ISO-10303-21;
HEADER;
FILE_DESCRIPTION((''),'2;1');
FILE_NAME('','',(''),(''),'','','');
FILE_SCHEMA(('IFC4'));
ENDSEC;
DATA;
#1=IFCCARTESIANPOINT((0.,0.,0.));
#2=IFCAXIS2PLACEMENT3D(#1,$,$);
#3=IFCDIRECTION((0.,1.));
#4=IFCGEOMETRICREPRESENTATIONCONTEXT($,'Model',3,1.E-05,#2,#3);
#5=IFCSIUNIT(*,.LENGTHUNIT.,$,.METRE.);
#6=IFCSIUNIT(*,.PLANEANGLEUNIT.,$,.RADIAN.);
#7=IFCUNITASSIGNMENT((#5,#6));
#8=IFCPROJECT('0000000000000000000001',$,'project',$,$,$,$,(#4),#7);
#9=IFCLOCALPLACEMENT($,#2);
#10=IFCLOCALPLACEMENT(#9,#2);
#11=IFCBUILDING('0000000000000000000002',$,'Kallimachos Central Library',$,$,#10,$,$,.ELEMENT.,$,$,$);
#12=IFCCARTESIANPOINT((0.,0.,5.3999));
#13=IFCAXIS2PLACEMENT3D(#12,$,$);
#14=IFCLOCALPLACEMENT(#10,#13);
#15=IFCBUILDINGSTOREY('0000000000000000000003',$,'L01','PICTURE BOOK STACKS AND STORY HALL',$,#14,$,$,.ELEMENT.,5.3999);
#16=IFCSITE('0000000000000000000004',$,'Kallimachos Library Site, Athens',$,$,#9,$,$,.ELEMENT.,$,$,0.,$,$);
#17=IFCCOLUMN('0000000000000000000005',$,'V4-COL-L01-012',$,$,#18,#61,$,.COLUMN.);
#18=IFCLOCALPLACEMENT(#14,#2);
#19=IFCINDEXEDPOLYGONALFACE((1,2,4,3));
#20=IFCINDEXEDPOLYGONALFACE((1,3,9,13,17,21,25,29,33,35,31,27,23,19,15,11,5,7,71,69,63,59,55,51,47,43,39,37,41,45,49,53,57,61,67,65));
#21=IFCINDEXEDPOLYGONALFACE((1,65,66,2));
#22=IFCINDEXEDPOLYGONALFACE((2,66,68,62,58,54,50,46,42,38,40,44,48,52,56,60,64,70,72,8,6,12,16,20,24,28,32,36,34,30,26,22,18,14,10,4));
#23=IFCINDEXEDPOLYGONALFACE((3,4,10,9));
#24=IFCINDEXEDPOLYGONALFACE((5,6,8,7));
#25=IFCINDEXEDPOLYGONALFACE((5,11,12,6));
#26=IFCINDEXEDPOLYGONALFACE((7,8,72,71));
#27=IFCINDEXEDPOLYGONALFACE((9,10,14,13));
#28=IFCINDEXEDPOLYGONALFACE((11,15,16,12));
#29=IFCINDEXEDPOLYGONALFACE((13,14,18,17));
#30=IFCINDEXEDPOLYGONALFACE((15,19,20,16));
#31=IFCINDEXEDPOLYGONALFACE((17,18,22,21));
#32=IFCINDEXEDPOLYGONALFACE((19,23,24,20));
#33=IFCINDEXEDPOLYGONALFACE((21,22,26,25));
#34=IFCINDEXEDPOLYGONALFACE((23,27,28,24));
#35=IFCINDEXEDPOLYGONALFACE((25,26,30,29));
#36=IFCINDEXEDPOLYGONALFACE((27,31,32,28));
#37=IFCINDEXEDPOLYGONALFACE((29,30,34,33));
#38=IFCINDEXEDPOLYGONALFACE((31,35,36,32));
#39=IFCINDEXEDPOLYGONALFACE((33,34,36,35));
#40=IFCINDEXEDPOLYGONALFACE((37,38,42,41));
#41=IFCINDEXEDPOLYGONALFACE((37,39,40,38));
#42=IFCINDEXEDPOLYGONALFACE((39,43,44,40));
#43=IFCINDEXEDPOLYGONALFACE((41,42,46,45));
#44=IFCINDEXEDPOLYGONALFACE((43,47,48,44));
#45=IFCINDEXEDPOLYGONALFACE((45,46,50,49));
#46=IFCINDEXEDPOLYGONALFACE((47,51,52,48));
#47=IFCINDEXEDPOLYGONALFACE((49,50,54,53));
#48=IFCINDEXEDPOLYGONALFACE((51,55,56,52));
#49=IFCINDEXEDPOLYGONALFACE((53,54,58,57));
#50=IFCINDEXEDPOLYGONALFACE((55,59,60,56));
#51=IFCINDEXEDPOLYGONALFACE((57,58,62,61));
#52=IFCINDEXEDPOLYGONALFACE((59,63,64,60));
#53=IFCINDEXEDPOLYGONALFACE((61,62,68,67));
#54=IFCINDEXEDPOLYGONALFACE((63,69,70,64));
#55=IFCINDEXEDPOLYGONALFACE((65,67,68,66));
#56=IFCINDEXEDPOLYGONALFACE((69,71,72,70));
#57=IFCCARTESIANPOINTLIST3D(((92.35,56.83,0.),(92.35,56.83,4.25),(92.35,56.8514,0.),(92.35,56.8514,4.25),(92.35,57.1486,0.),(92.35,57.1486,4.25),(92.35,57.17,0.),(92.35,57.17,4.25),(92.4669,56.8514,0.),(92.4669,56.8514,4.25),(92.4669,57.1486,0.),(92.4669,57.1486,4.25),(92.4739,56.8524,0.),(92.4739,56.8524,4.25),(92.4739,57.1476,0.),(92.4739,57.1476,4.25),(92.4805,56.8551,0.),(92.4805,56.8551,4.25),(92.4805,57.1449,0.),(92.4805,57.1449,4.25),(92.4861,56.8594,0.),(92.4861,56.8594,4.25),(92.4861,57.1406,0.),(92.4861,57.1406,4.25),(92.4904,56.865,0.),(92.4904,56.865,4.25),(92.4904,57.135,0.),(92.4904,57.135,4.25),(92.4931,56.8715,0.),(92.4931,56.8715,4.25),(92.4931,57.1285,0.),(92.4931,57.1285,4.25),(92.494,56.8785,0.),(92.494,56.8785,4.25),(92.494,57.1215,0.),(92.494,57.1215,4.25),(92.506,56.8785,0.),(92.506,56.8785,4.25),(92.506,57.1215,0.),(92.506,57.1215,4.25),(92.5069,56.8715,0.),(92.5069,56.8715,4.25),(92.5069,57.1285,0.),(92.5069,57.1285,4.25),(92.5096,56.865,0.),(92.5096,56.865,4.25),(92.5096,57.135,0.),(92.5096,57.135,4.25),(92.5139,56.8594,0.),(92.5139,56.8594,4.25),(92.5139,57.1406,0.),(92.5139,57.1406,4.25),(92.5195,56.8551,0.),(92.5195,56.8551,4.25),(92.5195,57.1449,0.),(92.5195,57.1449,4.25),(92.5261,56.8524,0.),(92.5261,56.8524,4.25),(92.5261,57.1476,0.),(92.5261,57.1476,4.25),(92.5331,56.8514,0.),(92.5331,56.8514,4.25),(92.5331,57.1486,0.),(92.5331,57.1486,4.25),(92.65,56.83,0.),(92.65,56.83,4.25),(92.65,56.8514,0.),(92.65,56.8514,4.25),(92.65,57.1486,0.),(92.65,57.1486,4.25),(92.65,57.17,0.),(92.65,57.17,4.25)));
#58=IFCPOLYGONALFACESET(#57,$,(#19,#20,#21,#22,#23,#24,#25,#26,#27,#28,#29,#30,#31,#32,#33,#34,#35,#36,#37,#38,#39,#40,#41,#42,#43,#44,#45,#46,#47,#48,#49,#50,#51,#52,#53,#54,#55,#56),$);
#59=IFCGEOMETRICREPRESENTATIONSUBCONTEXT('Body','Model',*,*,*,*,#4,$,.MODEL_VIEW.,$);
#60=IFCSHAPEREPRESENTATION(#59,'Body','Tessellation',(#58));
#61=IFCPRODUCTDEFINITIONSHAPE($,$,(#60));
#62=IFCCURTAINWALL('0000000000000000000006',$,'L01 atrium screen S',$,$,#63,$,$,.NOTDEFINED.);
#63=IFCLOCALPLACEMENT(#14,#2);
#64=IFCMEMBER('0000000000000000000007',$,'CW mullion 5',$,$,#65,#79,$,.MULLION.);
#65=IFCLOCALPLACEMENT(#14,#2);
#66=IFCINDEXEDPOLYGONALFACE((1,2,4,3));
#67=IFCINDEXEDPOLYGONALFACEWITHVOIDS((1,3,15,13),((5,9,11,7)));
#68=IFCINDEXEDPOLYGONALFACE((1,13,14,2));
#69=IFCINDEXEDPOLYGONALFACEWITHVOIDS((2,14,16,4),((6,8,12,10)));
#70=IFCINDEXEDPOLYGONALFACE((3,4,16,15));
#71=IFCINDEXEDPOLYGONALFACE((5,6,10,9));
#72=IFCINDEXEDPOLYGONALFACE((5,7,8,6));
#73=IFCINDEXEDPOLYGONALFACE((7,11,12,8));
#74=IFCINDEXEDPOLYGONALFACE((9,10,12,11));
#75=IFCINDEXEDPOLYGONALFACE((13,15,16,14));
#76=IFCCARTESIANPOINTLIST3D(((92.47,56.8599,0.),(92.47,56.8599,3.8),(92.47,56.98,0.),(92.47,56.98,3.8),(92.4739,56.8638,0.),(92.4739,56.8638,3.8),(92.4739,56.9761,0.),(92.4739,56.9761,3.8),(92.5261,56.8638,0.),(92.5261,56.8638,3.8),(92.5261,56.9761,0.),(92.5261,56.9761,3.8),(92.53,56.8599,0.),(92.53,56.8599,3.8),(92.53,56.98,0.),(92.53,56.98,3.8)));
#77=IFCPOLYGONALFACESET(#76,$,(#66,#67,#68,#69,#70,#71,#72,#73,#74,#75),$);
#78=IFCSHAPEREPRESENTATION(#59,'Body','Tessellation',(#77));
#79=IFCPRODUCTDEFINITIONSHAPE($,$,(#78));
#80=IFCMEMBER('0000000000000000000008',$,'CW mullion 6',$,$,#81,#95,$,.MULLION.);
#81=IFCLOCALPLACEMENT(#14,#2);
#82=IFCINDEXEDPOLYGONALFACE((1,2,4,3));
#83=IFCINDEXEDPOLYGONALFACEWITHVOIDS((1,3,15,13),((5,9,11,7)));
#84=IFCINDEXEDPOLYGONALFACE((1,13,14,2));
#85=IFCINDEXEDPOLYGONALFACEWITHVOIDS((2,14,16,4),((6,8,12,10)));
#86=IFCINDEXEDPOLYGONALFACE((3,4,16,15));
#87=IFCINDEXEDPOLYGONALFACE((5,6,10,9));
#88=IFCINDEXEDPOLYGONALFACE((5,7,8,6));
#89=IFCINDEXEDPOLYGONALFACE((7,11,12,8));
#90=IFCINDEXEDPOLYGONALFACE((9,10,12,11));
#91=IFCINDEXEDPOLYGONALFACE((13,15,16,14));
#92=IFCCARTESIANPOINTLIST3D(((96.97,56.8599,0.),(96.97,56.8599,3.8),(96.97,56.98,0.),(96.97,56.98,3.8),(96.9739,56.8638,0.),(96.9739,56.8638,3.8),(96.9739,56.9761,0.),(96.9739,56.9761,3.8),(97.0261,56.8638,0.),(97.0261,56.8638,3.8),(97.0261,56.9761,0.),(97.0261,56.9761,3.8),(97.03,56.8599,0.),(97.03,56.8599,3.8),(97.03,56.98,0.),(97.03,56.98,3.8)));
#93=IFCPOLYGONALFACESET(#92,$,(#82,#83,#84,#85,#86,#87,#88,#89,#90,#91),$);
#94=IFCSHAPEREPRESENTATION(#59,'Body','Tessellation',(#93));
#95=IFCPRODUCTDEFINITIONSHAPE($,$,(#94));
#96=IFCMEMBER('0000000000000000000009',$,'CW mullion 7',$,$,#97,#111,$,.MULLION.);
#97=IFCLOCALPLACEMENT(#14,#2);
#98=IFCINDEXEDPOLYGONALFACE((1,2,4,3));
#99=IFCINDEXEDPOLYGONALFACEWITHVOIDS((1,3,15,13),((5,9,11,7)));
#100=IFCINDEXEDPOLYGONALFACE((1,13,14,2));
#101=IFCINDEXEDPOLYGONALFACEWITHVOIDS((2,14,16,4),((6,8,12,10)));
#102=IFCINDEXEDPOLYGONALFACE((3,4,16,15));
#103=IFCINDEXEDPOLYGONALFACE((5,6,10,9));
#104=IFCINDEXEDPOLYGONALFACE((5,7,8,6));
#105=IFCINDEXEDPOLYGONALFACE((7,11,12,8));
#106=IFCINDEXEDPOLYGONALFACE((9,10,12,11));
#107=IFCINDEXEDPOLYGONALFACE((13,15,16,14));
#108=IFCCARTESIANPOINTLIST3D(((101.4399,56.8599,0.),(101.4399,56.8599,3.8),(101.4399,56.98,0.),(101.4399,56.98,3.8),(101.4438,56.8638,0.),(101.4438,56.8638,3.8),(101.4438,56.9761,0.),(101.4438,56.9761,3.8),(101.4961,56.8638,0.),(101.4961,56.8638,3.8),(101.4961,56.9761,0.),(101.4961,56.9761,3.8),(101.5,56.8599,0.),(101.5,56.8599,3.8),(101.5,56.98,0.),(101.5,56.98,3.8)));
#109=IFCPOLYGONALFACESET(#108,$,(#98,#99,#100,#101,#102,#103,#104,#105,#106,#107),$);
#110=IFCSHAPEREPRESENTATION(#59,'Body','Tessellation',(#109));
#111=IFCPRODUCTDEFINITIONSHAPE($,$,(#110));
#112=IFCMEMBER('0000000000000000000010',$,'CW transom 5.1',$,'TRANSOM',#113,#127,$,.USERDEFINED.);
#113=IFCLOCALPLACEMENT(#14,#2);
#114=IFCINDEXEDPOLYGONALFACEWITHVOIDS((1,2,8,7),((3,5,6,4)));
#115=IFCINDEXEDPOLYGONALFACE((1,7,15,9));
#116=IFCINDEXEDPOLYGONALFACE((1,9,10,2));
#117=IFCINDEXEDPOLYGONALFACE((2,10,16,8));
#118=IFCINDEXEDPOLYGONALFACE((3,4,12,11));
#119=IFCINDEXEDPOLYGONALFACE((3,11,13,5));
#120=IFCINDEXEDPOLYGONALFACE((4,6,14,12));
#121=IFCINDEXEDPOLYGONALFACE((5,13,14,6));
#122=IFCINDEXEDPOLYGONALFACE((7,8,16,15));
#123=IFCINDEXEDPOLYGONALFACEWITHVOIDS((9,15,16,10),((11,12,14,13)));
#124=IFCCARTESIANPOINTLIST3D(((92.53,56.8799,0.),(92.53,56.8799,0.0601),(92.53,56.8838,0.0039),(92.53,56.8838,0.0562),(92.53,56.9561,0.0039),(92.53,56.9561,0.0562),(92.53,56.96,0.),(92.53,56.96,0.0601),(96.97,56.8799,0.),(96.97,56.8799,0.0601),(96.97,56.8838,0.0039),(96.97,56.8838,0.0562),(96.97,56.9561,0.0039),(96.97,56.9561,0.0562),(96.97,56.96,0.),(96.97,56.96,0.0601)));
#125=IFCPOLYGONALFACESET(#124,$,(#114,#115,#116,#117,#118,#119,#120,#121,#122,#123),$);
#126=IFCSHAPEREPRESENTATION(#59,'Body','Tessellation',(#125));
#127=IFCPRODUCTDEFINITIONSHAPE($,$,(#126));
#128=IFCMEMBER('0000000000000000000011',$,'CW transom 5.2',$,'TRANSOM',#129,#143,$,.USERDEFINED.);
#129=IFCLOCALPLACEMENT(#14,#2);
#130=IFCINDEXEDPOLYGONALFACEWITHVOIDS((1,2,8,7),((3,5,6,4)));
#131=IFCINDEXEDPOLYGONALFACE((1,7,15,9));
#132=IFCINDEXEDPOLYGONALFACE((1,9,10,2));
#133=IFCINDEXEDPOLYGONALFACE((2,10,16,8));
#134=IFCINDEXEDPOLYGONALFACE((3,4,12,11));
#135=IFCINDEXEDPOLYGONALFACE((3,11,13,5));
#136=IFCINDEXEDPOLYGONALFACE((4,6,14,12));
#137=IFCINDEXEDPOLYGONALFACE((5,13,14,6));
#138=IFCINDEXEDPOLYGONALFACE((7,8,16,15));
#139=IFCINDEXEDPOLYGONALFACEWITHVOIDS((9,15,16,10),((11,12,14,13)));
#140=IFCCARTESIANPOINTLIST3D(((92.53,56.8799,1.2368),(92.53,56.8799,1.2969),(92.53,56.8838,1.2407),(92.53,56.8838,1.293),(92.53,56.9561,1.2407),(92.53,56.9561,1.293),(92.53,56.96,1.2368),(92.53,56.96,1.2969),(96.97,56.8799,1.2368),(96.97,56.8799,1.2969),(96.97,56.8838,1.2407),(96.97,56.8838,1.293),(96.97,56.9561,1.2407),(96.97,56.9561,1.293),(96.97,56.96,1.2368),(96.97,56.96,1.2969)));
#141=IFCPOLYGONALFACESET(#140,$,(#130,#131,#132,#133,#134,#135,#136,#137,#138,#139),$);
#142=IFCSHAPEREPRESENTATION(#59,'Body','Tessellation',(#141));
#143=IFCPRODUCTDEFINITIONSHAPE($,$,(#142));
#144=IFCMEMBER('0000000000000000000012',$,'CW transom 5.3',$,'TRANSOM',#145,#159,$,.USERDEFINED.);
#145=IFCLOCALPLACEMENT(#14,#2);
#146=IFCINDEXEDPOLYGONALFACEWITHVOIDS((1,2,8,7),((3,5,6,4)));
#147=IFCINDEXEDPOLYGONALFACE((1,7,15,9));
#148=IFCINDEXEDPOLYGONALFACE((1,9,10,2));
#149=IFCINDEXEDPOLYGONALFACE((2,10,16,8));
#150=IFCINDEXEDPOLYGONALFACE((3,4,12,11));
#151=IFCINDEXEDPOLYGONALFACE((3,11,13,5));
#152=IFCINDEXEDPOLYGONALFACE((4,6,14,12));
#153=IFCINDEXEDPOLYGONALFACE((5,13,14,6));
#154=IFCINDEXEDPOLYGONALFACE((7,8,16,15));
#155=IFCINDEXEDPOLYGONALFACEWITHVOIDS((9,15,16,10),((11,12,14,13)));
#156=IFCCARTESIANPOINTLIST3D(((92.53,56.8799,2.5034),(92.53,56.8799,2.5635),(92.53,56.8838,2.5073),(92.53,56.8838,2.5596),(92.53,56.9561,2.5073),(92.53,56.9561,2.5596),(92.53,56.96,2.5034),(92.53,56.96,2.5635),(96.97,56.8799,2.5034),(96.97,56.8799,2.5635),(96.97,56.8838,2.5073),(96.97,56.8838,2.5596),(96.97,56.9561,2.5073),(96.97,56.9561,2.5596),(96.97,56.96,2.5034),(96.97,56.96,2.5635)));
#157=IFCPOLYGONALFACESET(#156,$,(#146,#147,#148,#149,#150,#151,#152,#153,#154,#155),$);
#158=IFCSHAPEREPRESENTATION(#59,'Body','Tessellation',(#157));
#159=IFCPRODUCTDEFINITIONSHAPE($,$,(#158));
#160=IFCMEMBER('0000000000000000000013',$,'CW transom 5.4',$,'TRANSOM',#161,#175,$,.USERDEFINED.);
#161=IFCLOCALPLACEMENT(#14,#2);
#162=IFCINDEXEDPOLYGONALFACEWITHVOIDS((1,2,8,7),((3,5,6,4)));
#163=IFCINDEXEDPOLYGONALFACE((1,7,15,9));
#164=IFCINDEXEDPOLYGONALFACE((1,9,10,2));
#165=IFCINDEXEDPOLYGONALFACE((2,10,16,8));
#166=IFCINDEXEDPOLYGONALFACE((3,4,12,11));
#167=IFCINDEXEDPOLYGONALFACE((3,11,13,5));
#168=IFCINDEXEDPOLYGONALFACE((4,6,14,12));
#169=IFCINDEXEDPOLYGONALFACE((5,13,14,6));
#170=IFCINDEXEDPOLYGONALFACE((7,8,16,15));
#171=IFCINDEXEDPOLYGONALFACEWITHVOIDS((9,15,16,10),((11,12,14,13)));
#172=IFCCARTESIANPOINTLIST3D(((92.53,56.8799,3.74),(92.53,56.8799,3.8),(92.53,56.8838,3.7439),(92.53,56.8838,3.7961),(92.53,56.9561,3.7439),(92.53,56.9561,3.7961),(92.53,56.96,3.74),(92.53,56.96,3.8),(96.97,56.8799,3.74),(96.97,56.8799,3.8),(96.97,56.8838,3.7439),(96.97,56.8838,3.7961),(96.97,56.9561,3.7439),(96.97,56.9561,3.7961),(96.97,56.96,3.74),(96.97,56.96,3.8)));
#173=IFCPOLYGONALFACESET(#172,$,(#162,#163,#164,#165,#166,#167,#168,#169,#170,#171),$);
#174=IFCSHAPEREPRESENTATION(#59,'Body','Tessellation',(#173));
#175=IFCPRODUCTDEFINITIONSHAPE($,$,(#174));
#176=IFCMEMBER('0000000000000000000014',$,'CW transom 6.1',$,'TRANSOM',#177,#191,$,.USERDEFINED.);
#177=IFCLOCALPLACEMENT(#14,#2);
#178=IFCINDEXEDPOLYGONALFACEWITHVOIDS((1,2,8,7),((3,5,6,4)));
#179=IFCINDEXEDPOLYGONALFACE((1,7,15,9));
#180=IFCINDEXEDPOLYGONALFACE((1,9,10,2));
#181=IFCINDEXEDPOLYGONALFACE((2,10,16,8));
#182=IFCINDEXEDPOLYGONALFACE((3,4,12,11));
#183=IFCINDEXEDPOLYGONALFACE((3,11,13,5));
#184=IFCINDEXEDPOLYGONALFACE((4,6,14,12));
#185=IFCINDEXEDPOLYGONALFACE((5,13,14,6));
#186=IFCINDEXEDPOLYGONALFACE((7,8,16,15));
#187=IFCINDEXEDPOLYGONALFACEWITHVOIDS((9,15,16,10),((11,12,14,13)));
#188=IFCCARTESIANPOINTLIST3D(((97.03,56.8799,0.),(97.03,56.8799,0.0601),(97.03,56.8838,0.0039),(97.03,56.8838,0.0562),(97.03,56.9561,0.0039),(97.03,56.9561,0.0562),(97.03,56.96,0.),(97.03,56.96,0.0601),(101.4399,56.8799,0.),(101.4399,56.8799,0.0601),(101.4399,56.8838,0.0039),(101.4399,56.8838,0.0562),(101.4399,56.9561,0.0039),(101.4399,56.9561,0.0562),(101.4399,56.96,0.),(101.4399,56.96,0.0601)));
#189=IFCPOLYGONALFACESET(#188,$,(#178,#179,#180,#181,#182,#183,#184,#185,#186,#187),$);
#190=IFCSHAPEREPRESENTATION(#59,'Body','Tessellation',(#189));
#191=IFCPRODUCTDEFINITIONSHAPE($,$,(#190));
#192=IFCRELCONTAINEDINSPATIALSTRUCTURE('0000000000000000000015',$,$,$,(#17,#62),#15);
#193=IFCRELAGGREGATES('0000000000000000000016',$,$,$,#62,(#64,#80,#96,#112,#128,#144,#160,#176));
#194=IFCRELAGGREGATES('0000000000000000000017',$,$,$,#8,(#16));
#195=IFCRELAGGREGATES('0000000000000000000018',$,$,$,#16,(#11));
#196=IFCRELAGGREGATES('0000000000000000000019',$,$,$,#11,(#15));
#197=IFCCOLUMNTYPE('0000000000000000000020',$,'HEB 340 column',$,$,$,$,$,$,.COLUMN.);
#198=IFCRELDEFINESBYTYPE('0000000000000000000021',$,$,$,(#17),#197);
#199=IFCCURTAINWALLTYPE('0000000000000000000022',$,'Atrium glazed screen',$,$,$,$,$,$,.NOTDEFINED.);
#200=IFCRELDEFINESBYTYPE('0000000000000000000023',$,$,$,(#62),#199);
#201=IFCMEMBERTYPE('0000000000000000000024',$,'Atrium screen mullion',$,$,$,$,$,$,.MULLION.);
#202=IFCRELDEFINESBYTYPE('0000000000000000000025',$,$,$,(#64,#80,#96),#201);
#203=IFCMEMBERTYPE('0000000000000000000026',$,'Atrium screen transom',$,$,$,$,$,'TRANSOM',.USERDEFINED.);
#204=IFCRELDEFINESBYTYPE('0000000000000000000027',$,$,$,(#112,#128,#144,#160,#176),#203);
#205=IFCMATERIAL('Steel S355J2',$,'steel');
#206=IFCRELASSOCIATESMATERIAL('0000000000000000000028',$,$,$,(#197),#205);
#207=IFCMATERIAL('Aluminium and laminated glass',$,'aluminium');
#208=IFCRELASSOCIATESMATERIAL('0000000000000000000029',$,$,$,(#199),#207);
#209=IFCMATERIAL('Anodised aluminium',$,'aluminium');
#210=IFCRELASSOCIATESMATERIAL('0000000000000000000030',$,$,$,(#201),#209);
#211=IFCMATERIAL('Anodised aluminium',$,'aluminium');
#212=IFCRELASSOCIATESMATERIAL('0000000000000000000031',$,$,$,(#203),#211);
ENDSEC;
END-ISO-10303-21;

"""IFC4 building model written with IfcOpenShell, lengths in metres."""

from ifc_helpers import new_model, si_unit, direction, frame, origin, origin_2d, place, context, subcontext, project, spatial, hollow_rectangle, i_section, extrude, material, material_profile, profile_set, type_object, element, aggregate, save


model = new_model("IFC4")

# Units and contexts
model_context = context("Model", 3, precision=1e-05, world=origin(), true_north=direction((0.0, 1.0)))
body_context = subcontext(model_context, "Body", "Model", "MODEL_VIEW")
ifc_project = project(units=[si_unit("LENGTHUNIT", "METRE"), si_unit("PLANEANGLEUNIT", "RADIAN")], contexts=[model_context])

# Site, building, storey
site_placement = place(None, origin())
site = spatial("IfcSite", under=ifc_project, at=site_placement, Name="Kallimachos Library Site, Athens", CompositionType="ELEMENT", RefElevation=0.0)
building_placement = place(site_placement, origin())
building = spatial("IfcBuilding", under=site, at=building_placement, Name="Kallimachos Central Library", CompositionType="ELEMENT")
storey_placement = place(building_placement, frame((0.0, 0.0, 5.3999)))
storey = spatial("IfcBuildingStorey", under=building, at=storey_placement, Name="L01", Description="PICTURE BOOK STACKS AND STORY HALL", CompositionType="ELEMENT", Elevation=5.3999)

# Column
ifc_material_1 = material(Name="Steel S355J2", Category="steel")
ifc_material_profile_1 = material_profile(ifc_material_1, i_section(OverallWidth=0.3, OverallDepth=0.3401, WebThickness=0.012, FlangeThickness=0.0215, FilletRadius=0.0271, at=origin_2d()), Name="HEB 340")
ifc_profile_set_1 = profile_set([ifc_material_profile_1], Name="Steel S355J2")
column_type = type_object("IfcColumnType", Name="HEB 340 column", PredefinedType="COLUMN", material=ifc_profile_set_1)
column_placement = place(storey_placement, frame((92.5, 57.0, 0.0), z_axis=(0.0, 0.0, 1.0), x_axis=(1.0, 0.0, 0.0)))
element("IfcColumn", 1, at=column_placement, inside=storey, type_object=column_type, Name="V4-COL-L01-012", PredefinedType="COLUMN", context=body_context, shape_type="SweptSolid", body=[
    extrude(i_section(OverallWidth=0.3, OverallDepth=0.3401, WebThickness=0.012, FlangeThickness=0.0215, FilletRadius=0.0271, at=origin_2d()), origin(), (0.0, 0.0, 1.0), 4.25),
])

# Curtain wall, members
ifc_material_2 = material(Name="Aluminium and laminated glass", Category="aluminium")
curtain_wall_type = type_object("IfcCurtainWallType", Name="Atrium glazed screen", PredefinedType="NOTDEFINED", material=ifc_material_2)
curtain_wall_placement = place(storey_placement, origin())
curtain_wall = element("IfcCurtainWall", 2, at=curtain_wall_placement, inside=storey, type_object=curtain_wall_type, Name="L01 atrium screen S", PredefinedType="NOTDEFINED")
ifc_material_3 = material(Name="Anodised aluminium", Category="aluminium")
ifc_material_profile_2 = material_profile(ifc_material_3, hollow_rectangle(XDim=0.0601, YDim=0.1201, WallThickness=0.0039, at=origin_2d()), Name="ALU MULLION 60x120")
ifc_profile_set_2 = profile_set([ifc_material_profile_2], Name="Anodised aluminium")
member_type_1 = type_object("IfcMemberType", Name="Atrium screen mullion", PredefinedType="MULLION", material=ifc_profile_set_2)
member_1_placement = place(storey_placement, frame((92.5, 56.9199, 0.0), z_axis=(0.0, 0.0, 1.0), x_axis=(1.0, 0.0, 0.0)))
member_1 = element("IfcMember", 3, at=member_1_placement, type_object=member_type_1, Name="CW mullion 5", PredefinedType="MULLION", context=body_context, shape_type="SweptSolid", body=[
    extrude(hollow_rectangle(XDim=0.0601, YDim=0.1201, WallThickness=0.0039, at=origin_2d()), origin(), (0.0, 0.0, 1.0), 3.8),
])
member_2_placement = place(storey_placement, frame((97.0, 56.9199, 0.0), z_axis=(0.0, 0.0, 1.0), x_axis=(1.0, 0.0, 0.0)))
member_2 = element("IfcMember", 4, at=member_2_placement, type_object=member_type_1, Name="CW mullion 6", PredefinedType="MULLION", context=body_context, shape_type="SweptSolid", body=[
    extrude(hollow_rectangle(XDim=0.0601, YDim=0.1201, WallThickness=0.0039, at=origin_2d()), origin(), (0.0, 0.0, 1.0), 3.8),
])
member_3_placement = place(storey_placement, frame((101.47, 56.9199, 0.0), z_axis=(0.0, 0.0, 1.0), x_axis=(1.0, 0.0, 0.0)))
member_3 = element("IfcMember", 5, at=member_3_placement, type_object=member_type_1, Name="CW mullion 7", PredefinedType="MULLION", context=body_context, shape_type="SweptSolid", body=[
    extrude(hollow_rectangle(XDim=0.0601, YDim=0.1201, WallThickness=0.0039, at=origin_2d()), origin(), (0.0, 0.0, 1.0), 3.8),
])
ifc_material_4 = material(Name="Anodised aluminium", Category="aluminium")
ifc_material_profile_3 = material_profile(ifc_material_4, hollow_rectangle(XDim=0.0601, YDim=0.0801, WallThickness=0.0039, at=origin_2d()), Name="ALU TRANSOM 60x80")
ifc_profile_set_3 = profile_set([ifc_material_profile_3], Name="Anodised aluminium")
member_type_2 = type_object("IfcMemberType", Name="Atrium screen transom", ElementType="TRANSOM", PredefinedType="USERDEFINED", material=ifc_profile_set_3)
member_4_placement = place(storey_placement, frame((92.53, 56.9199, 0.03), z_axis=(1.0, 0.0, 0.0), x_axis=(0.0, 0.0, 1.0)))
member_4 = element("IfcMember", 6, at=member_4_placement, type_object=member_type_2, Name="CW transom 5.1", ObjectType="TRANSOM", PredefinedType="USERDEFINED", context=body_context, shape_type="SweptSolid", body=[
    extrude(hollow_rectangle(XDim=0.0601, YDim=0.0801, WallThickness=0.0039, at=origin_2d()), origin(), (0.0, 0.0, 1.0), 4.4399),
])
member_5_placement = place(storey_placement, frame((92.53, 56.9199, 1.2668), z_axis=(1.0, 0.0, 0.0), x_axis=(0.0, 0.0, 1.0)))
member_5 = element("IfcMember", 7, at=member_5_placement, type_object=member_type_2, Name="CW transom 5.2", ObjectType="TRANSOM", PredefinedType="USERDEFINED", context=body_context, shape_type="SweptSolid", body=[
    extrude(hollow_rectangle(XDim=0.0601, YDim=0.0801, WallThickness=0.0039, at=origin_2d()), origin(), (0.0, 0.0, 1.0), 4.4399),
])
member_6_placement = place(storey_placement, frame((92.53, 56.9199, 2.5334), z_axis=(1.0, 0.0, 0.0), x_axis=(0.0, 0.0, 1.0)))
member_6 = element("IfcMember", 8, at=member_6_placement, type_object=member_type_2, Name="CW transom 5.3", ObjectType="TRANSOM", PredefinedType="USERDEFINED", context=body_context, shape_type="SweptSolid", body=[
    extrude(hollow_rectangle(XDim=0.0601, YDim=0.0801, WallThickness=0.0039, at=origin_2d()), origin(), (0.0, 0.0, 1.0), 4.4399),
])
member_7_placement = place(storey_placement, frame((92.53, 56.9199, 3.77), z_axis=(1.0, 0.0, 0.0), x_axis=(0.0, 0.0, 1.0)))
member_7 = element("IfcMember", 9, at=member_7_placement, type_object=member_type_2, Name="CW transom 5.4", ObjectType="TRANSOM", PredefinedType="USERDEFINED", context=body_context, shape_type="SweptSolid", body=[
    extrude(hollow_rectangle(XDim=0.0601, YDim=0.0801, WallThickness=0.0039, at=origin_2d()), origin(), (0.0, 0.0, 1.0), 4.4399),
])
member_8_placement = place(storey_placement, frame((97.03, 56.9199, 0.03), z_axis=(1.0, 0.0, 0.0), x_axis=(0.0, 0.0, 1.0)))
member_8 = element("IfcMember", 10, at=member_8_placement, type_object=member_type_2, Name="CW transom 6.1", ObjectType="TRANSOM", PredefinedType="USERDEFINED", context=body_context, shape_type="SweptSolid", body=[
    extrude(hollow_rectangle(XDim=0.0601, YDim=0.0801, WallThickness=0.0039, at=origin_2d()), origin(), (0.0, 0.0, 1.0), 4.4099),
])

aggregate(curtain_wall, [member_1, member_2, member_3, member_4, member_5, member_6, member_7, member_8])

save(model, "model.ifc")
